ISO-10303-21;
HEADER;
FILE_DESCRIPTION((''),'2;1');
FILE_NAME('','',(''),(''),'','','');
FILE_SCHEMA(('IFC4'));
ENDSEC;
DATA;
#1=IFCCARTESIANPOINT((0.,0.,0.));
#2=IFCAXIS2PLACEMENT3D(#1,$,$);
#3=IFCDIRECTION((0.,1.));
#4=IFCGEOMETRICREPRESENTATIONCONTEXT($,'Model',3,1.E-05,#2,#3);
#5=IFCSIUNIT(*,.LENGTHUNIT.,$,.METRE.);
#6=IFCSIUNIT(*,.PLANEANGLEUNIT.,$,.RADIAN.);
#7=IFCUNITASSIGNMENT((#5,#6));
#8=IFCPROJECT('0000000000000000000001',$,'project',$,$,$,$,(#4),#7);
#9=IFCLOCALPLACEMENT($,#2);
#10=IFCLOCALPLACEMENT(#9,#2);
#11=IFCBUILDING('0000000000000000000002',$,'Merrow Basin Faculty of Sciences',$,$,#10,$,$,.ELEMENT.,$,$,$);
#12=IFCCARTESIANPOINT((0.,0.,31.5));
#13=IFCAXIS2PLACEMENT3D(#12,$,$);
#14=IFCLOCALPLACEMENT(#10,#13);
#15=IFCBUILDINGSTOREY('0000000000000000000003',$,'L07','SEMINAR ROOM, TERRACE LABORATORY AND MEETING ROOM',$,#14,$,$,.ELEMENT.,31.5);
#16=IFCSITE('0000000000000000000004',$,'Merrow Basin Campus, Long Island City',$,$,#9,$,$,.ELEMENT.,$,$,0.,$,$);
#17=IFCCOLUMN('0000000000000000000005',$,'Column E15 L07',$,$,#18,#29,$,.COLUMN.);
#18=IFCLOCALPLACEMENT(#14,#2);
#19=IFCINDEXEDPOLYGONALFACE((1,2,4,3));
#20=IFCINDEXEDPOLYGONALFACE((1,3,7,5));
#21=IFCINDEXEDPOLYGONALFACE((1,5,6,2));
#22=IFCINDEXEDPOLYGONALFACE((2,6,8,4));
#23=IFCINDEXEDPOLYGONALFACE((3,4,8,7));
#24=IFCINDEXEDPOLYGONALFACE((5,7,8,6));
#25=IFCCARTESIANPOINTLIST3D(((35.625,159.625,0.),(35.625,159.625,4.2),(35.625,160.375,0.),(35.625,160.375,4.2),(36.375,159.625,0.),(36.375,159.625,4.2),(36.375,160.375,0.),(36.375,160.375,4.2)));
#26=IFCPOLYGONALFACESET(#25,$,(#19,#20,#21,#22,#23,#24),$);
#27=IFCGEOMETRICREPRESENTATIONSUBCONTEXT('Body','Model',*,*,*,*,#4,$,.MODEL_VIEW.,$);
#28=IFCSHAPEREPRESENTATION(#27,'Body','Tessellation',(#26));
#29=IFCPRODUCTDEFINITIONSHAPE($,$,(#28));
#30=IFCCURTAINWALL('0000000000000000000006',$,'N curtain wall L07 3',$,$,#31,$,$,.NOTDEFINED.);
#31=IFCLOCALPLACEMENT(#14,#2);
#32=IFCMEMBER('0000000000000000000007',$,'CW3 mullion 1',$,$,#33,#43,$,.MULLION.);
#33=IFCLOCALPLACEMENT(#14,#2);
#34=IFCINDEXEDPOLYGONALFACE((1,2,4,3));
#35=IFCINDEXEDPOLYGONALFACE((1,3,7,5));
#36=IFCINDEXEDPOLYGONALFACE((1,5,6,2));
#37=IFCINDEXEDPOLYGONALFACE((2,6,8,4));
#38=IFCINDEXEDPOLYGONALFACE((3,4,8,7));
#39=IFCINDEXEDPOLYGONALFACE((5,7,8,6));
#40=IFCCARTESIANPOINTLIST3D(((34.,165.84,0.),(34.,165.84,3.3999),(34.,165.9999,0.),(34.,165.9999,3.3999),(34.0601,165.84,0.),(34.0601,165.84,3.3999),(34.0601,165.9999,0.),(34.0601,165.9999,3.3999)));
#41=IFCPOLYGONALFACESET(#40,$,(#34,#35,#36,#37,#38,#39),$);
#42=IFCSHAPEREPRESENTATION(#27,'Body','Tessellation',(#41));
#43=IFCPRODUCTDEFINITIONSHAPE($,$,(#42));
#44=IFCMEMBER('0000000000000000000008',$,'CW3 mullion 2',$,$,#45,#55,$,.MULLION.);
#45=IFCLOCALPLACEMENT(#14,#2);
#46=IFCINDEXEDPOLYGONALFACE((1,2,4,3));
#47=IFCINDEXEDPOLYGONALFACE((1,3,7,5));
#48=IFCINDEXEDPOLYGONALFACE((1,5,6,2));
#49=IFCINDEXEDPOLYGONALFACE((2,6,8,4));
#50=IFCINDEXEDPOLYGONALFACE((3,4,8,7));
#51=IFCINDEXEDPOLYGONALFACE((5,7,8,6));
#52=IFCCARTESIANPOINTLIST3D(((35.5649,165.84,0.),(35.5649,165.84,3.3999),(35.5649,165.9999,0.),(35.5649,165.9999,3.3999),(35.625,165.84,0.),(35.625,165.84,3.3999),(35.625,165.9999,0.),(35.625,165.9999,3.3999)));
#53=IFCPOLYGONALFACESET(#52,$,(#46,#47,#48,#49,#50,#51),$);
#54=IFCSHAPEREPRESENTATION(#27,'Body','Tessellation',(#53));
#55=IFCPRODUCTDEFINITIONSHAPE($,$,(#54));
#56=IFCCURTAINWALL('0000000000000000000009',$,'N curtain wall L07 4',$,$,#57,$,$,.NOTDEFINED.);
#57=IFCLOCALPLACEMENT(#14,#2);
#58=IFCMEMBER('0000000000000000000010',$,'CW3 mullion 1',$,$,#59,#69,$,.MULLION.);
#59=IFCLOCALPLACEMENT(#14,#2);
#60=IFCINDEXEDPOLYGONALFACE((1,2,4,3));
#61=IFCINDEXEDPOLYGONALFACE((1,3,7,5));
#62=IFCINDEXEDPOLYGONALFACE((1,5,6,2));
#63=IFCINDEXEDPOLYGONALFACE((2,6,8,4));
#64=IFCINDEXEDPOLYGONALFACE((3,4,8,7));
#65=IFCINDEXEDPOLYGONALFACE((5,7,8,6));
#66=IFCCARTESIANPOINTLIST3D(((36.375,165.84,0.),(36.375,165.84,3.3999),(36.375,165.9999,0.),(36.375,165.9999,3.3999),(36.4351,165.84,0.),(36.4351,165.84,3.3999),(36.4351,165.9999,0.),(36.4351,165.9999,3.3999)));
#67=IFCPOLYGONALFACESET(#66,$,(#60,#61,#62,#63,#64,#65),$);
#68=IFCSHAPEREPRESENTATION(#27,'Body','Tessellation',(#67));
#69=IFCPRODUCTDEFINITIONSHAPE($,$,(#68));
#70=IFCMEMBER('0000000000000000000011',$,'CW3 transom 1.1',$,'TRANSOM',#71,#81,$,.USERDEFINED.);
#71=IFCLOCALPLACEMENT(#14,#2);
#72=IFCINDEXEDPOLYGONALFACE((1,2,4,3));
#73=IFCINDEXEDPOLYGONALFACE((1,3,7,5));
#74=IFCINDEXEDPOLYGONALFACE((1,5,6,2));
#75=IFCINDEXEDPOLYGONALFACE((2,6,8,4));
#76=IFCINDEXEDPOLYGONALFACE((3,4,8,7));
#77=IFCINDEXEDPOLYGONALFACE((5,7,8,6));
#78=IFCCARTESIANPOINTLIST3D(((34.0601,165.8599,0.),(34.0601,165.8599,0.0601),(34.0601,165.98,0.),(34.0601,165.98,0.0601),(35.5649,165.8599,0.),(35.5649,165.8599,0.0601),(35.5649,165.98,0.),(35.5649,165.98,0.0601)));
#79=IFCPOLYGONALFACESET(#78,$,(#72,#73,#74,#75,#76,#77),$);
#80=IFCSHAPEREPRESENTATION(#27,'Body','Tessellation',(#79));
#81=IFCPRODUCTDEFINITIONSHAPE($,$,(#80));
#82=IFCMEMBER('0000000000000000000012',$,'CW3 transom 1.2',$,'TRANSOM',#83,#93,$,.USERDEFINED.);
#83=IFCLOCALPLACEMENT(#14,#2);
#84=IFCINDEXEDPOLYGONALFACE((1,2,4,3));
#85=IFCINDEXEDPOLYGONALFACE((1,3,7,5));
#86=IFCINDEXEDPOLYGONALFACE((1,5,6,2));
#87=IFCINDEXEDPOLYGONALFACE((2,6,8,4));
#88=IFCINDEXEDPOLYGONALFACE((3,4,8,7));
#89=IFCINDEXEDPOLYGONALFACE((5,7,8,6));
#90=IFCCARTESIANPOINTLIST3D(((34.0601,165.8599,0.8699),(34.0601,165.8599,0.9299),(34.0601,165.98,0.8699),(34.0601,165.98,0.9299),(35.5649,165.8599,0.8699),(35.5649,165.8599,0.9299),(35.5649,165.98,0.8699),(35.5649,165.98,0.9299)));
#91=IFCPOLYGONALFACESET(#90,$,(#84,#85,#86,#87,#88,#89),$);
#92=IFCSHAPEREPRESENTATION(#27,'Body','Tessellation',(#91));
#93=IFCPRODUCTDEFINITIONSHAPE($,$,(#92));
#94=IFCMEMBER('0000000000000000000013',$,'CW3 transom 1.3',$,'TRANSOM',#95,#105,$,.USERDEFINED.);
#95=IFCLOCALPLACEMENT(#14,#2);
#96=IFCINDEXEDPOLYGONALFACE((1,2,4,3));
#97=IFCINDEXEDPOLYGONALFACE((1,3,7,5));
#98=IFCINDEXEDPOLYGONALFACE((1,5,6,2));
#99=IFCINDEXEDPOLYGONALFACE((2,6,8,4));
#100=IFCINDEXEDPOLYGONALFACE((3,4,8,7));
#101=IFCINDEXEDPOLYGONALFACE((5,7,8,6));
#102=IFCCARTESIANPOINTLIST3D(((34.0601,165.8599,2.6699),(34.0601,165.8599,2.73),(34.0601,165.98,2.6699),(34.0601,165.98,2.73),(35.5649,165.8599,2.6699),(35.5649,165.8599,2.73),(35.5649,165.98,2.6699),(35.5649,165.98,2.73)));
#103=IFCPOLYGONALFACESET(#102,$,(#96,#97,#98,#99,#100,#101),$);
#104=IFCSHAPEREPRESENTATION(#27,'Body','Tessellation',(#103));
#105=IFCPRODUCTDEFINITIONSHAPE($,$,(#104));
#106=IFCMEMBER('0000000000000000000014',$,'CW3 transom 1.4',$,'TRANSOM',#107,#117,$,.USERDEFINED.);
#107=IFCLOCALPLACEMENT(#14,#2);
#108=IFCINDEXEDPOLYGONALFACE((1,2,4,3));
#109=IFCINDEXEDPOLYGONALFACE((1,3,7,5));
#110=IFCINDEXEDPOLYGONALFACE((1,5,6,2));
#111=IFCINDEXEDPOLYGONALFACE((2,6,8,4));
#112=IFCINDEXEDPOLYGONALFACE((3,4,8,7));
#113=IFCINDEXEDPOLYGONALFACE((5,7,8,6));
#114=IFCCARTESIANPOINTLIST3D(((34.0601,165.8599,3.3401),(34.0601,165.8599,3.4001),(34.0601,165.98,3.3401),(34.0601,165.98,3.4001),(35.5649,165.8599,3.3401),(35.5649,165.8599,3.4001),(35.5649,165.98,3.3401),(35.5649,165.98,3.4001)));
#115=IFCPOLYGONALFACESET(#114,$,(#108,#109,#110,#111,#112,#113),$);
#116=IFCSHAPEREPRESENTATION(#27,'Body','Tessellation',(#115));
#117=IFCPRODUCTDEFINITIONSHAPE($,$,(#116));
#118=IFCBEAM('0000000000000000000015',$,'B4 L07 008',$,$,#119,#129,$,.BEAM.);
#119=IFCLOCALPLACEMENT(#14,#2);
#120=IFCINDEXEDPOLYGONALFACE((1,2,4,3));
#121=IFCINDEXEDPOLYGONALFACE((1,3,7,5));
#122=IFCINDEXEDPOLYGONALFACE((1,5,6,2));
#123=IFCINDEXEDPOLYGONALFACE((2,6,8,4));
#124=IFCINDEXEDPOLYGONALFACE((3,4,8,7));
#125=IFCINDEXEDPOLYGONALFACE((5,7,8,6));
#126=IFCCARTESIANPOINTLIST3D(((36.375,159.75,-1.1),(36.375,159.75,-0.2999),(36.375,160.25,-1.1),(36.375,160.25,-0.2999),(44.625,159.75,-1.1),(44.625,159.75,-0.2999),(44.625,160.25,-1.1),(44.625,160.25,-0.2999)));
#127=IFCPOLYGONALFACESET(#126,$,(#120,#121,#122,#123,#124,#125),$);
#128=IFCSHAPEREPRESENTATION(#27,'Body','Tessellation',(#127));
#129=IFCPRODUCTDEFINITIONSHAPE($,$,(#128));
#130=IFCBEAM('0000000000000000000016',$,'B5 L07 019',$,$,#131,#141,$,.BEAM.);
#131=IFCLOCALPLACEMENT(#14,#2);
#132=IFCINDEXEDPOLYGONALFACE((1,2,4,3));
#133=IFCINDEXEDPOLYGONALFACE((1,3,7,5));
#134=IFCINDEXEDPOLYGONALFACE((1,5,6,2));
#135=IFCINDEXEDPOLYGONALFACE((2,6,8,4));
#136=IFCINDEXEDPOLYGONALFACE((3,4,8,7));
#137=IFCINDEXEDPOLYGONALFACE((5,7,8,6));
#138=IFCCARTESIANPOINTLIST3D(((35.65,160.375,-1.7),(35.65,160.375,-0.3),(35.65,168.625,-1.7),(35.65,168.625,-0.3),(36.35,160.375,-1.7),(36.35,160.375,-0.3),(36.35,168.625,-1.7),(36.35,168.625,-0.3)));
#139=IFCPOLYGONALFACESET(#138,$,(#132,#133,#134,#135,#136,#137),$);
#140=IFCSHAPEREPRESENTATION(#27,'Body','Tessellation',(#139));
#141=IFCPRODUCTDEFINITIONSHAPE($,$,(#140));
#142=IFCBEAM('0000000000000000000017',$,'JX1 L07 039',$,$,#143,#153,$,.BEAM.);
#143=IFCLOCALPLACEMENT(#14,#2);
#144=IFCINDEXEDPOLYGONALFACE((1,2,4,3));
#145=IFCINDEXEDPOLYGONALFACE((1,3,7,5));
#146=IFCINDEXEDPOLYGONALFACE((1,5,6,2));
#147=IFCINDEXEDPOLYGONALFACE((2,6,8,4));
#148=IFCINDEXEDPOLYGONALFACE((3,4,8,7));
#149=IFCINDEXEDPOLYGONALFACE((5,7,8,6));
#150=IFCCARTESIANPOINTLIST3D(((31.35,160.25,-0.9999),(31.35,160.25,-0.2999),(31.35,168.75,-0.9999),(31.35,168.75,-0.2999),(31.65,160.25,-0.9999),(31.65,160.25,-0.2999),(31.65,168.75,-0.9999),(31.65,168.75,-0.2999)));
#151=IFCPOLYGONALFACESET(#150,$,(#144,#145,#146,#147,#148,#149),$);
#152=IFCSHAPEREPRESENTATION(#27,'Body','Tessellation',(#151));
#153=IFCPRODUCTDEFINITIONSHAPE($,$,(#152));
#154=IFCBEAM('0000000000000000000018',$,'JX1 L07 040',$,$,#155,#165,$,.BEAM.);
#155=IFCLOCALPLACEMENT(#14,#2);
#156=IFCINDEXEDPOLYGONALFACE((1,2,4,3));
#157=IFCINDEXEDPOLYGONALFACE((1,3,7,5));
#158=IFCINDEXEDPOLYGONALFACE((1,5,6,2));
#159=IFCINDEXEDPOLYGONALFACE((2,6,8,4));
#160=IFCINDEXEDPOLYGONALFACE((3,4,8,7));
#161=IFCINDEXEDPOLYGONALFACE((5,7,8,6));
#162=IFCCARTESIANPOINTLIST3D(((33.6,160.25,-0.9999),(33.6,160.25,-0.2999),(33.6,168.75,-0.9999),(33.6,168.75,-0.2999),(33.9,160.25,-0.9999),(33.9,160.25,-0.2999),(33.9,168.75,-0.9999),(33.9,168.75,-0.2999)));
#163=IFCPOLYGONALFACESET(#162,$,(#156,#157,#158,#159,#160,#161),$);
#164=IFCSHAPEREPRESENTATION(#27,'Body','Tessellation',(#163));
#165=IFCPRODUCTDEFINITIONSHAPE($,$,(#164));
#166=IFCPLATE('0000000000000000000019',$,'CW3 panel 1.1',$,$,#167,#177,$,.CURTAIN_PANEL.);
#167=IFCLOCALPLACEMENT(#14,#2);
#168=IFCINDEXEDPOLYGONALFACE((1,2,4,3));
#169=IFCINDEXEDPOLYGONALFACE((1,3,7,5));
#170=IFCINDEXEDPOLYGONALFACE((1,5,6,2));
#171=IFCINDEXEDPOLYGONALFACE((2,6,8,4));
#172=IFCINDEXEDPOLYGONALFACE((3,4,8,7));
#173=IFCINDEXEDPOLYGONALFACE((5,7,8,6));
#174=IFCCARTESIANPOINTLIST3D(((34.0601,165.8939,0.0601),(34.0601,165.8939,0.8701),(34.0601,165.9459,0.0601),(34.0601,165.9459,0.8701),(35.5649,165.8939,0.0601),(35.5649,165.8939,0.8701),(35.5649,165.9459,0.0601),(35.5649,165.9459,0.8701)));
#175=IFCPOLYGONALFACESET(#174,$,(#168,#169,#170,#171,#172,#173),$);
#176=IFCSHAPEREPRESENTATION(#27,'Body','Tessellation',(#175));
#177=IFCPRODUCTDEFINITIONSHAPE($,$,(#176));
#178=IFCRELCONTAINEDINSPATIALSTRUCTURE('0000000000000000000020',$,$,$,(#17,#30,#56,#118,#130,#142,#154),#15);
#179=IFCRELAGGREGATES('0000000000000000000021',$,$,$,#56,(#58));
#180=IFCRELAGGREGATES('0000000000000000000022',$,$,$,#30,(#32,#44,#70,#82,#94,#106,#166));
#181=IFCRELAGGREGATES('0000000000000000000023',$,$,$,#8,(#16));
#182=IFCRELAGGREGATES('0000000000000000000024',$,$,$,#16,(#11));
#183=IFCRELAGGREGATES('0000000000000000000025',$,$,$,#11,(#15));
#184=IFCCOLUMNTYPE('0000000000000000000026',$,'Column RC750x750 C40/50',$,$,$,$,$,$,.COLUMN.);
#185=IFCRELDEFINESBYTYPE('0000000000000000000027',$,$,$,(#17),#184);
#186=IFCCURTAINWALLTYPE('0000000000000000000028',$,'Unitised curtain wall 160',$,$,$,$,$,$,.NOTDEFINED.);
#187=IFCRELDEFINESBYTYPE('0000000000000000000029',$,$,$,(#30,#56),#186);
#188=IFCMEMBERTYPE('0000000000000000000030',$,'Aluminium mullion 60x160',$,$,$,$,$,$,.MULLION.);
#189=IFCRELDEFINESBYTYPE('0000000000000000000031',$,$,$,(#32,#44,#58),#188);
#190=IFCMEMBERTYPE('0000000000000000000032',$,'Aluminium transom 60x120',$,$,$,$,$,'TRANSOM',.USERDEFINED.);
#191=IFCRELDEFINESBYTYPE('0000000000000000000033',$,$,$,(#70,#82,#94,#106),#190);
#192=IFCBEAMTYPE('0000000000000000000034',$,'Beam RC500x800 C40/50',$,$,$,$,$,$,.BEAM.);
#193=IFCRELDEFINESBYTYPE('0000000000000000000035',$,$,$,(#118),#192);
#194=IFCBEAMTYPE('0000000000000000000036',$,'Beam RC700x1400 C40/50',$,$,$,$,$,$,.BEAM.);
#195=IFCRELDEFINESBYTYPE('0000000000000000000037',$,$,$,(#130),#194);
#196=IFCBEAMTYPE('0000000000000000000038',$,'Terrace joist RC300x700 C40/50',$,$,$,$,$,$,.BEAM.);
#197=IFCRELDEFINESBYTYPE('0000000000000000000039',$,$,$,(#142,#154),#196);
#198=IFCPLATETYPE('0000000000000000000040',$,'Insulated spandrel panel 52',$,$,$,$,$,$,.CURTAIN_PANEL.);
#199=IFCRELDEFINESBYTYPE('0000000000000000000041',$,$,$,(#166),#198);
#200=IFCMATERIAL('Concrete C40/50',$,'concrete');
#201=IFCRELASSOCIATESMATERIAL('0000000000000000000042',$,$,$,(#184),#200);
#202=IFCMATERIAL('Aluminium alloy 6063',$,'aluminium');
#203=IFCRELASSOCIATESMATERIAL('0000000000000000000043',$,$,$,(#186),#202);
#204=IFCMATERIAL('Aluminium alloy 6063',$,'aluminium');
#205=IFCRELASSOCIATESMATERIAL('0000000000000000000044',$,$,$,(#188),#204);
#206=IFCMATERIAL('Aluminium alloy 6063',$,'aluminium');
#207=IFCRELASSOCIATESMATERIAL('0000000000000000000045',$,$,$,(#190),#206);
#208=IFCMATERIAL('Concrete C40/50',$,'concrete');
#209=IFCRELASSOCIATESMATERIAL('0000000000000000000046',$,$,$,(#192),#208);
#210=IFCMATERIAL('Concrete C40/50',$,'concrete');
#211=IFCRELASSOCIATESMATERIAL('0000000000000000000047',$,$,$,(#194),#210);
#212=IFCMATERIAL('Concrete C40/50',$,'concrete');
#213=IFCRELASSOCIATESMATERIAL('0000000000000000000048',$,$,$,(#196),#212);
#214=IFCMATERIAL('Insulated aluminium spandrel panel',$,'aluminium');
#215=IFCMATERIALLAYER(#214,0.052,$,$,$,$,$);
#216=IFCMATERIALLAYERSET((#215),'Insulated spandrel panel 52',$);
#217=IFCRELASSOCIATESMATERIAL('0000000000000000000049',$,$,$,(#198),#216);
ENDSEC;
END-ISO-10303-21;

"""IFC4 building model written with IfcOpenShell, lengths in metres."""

from ifc_helpers import new_model, si_unit, direction, frame, origin, origin_2d, place, context, subcontext, project, spatial, rectangle, extrude, material, layer, layer_set, material_profile, profile_set, type_object, element, aggregate, save


model = new_model("IFC4")

# Units and contexts
model_context = context("Model", 3, precision=1e-05, world=origin(), true_north=direction((0.0, 1.0)))
body_context = subcontext(model_context, "Body", "Model", "MODEL_VIEW")
ifc_project = project(units=[si_unit("LENGTHUNIT", "METRE"), si_unit("PLANEANGLEUNIT", "RADIAN")], contexts=[model_context])

# Site, building, storey
site_placement = place(None, origin())
site = spatial("IfcSite", under=ifc_project, at=site_placement, Name="Merrow Basin Campus, Long Island City", CompositionType="ELEMENT", RefElevation=0.0)
building_placement = place(site_placement, origin())
building = spatial("IfcBuilding", under=site, at=building_placement, Name="Merrow Basin Faculty of Sciences", CompositionType="ELEMENT")
storey_placement = place(building_placement, frame((0.0, 0.0, 31.5)))
storey = spatial("IfcBuildingStorey", under=building, at=storey_placement, Name="L07", Description="SEMINAR ROOM, TERRACE LABORATORY AND MEETING ROOM", CompositionType="ELEMENT", Elevation=31.5)

# Column
ifc_material_1 = material(Name="Concrete C40/50", Category="concrete")
ifc_material_profile_1 = material_profile(ifc_material_1, rectangle(XDim=0.75, YDim=0.75, at=origin_2d()))
ifc_profile_set_1 = profile_set([ifc_material_profile_1], Name="Concrete C40/50")
column_type = type_object("IfcColumnType", Name="Column RC750x750 C40/50", PredefinedType="COLUMN", material=ifc_profile_set_1)
column_placement = place(storey_placement, frame((36.0, 160.0, 0.0), z_axis=(0.0, 0.0, 1.0), x_axis=(1.0, 0.0, 0.0)))
element("IfcColumn", 1, at=column_placement, inside=storey, type_object=column_type, Name="Column E15 L07", PredefinedType="COLUMN", context=body_context, shape_type="SweptSolid", body=[
    extrude(rectangle(XDim=0.75, YDim=0.75, at=origin_2d()), origin(), (0.0, 0.0, 1.0), 4.2),
])

# Curtain wall, members
ifc_material_2 = material(Name="Aluminium alloy 6063", Category="aluminium")
curtain_wall_type = type_object("IfcCurtainWallType", Name="Unitised curtain wall 160", PredefinedType="NOTDEFINED", material=ifc_material_2)
curtain_wall_1_placement = place(storey_placement, origin())
curtain_wall_1 = element("IfcCurtainWall", 2, at=curtain_wall_1_placement, inside=storey, type_object=curtain_wall_type, Name="N curtain wall L07 3", PredefinedType="NOTDEFINED")
ifc_material_3 = material(Name="Aluminium alloy 6063", Category="aluminium")
ifc_material_profile_2 = material_profile(ifc_material_3, rectangle(XDim=0.1599, YDim=0.0601, at=origin_2d()))
ifc_profile_set_2 = profile_set([ifc_material_profile_2], Name="Aluminium alloy 6063")
member_type_1 = type_object("IfcMemberType", Name="Aluminium mullion 60x160", PredefinedType="MULLION", material=ifc_profile_set_2)
member_1_placement = place(storey_placement, frame((34.03, 165.9199, 0.0), z_axis=(0.0, 0.0, 1.0), x_axis=(0.0, 1.0, 0.0)))
member_1 = element("IfcMember", 3, at=member_1_placement, type_object=member_type_1, Name="CW3 mullion 1", PredefinedType="MULLION", context=body_context, shape_type="SweptSolid", body=[
    extrude(rectangle(XDim=0.1599, YDim=0.0601, at=origin_2d()), origin(), (0.0, 0.0, 1.0), 3.3999),
])
member_2_placement = place(storey_placement, frame((35.595, 165.9199, 0.0), z_axis=(0.0, 0.0, 1.0), x_axis=(0.0, 1.0, 0.0)))
member_2 = element("IfcMember", 4, at=member_2_placement, type_object=member_type_1, Name="CW3 mullion 2", PredefinedType="MULLION", context=body_context, shape_type="SweptSolid", body=[
    extrude(rectangle(XDim=0.1599, YDim=0.0601, at=origin_2d()), origin(), (0.0, 0.0, 1.0), 3.3999),
])

# Curtain wall, member
curtain_wall_2_placement = place(storey_placement, origin())
curtain_wall_2 = element("IfcCurtainWall", 5, at=curtain_wall_2_placement, inside=storey, type_object=curtain_wall_type, Name="N curtain wall L07 4", PredefinedType="NOTDEFINED")
member_3_placement = place(storey_placement, frame((36.405, 165.9199, 0.0), z_axis=(0.0, 0.0, 1.0), x_axis=(0.0, 1.0, 0.0)))
member_3 = element("IfcMember", 6, at=member_3_placement, type_object=member_type_1, Name="CW3 mullion 1", PredefinedType="MULLION", context=body_context, shape_type="SweptSolid", body=[
    extrude(rectangle(XDim=0.1599, YDim=0.0601, at=origin_2d()), origin(), (0.0, 0.0, 1.0), 3.3999),
])
aggregate(curtain_wall_2, [member_3])

# Members
ifc_material_4 = material(Name="Aluminium alloy 6063", Category="aluminium")
ifc_material_profile_3 = material_profile(ifc_material_4, rectangle(XDim=0.1201, YDim=0.0601, at=origin_2d()))
ifc_profile_set_3 = profile_set([ifc_material_profile_3], Name="Aluminium alloy 6063")
member_type_2 = type_object("IfcMemberType", Name="Aluminium transom 60x120", ElementType="TRANSOM", PredefinedType="USERDEFINED", material=ifc_profile_set_3)
member_4_placement = place(storey_placement, frame((34.0601, 165.9199, 0.03), z_axis=(1.0, 0.0, 0.0), x_axis=(0.0, 1.0, 0.0)))
member_4 = element("IfcMember", 7, at=member_4_placement, type_object=member_type_2, Name="CW3 transom 1.1", ObjectType="TRANSOM", PredefinedType="USERDEFINED", context=body_context, shape_type="SweptSolid", body=[
    extrude(rectangle(XDim=0.1201, YDim=0.0601, at=origin_2d()), origin(), (0.0, 0.0, 1.0), 1.5049),
])
member_5_placement = place(storey_placement, frame((34.0601, 165.9199, 0.8999), z_axis=(1.0, 0.0, 0.0), x_axis=(0.0, 1.0, 0.0)))
member_5 = element("IfcMember", 8, at=member_5_placement, type_object=member_type_2, Name="CW3 transom 1.2", ObjectType="TRANSOM", PredefinedType="USERDEFINED", context=body_context, shape_type="SweptSolid", body=[
    extrude(rectangle(XDim=0.1201, YDim=0.0601, at=origin_2d()), origin(), (0.0, 0.0, 1.0), 1.5049),
])
member_6_placement = place(storey_placement, frame((34.0601, 165.9199, 2.7), z_axis=(1.0, 0.0, 0.0), x_axis=(0.0, 1.0, 0.0)))
member_6 = element("IfcMember", 9, at=member_6_placement, type_object=member_type_2, Name="CW3 transom 1.3", ObjectType="TRANSOM", PredefinedType="USERDEFINED", context=body_context, shape_type="SweptSolid", body=[
    extrude(rectangle(XDim=0.1201, YDim=0.0601, at=origin_2d()), origin(), (0.0, 0.0, 1.0), 1.5049),
])
member_7_placement = place(storey_placement, frame((34.0601, 165.9199, 3.3701), z_axis=(1.0, 0.0, 0.0), x_axis=(0.0, 1.0, 0.0)))
member_7 = element("IfcMember", 10, at=member_7_placement, type_object=member_type_2, Name="CW3 transom 1.4", ObjectType="TRANSOM", PredefinedType="USERDEFINED", context=body_context, shape_type="SweptSolid", body=[
    extrude(rectangle(XDim=0.1201, YDim=0.0601, at=origin_2d()), origin(), (0.0, 0.0, 1.0), 1.5049),
])

# Beams
ifc_material_5 = material(Name="Concrete C40/50", Category="concrete")
ifc_material_profile_4 = material_profile(ifc_material_5, rectangle(XDim=0.5, YDim=0.8, at=origin_2d()))
ifc_profile_set_4 = profile_set([ifc_material_profile_4], Name="Concrete C40/50")
beam_type_1 = type_object("IfcBeamType", Name="Beam RC500x800 C40/50", PredefinedType="BEAM", material=ifc_profile_set_4)
beam_1_placement = place(storey_placement, frame((36.375, 160.0, -0.7), z_axis=(1.0, 0.0, 0.0), x_axis=(0.0, 1.0, 0.0)))
element("IfcBeam", 11, at=beam_1_placement, inside=storey, type_object=beam_type_1, Name="B4 L07 008", PredefinedType="BEAM", context=body_context, shape_type="SweptSolid", body=[
    extrude(rectangle(XDim=0.5, YDim=0.8, at=origin_2d()), origin(), (0.0, 0.0, 1.0), 8.25),
])
ifc_material_6 = material(Name="Concrete C40/50", Category="concrete")
ifc_material_profile_5 = material_profile(ifc_material_6, rectangle(XDim=0.7, YDim=1.3999, at=origin_2d()))
ifc_profile_set_5 = profile_set([ifc_material_profile_5], Name="Concrete C40/50")
beam_type_2 = type_object("IfcBeamType", Name="Beam RC700x1400 C40/50", PredefinedType="BEAM", material=ifc_profile_set_5)
beam_2_placement = place(storey_placement, frame((36.0, 160.375, -1.0), z_axis=(0.0, 1.0, 0.0), x_axis=(-1.0, 0.0, 0.0)))
element("IfcBeam", 12, at=beam_2_placement, inside=storey, type_object=beam_type_2, Name="B5 L07 019", PredefinedType="BEAM", context=body_context, shape_type="SweptSolid", body=[
    extrude(rectangle(XDim=0.7, YDim=1.3999, at=origin_2d()), origin(), (0.0, 0.0, 1.0), 8.25),
])
ifc_material_7 = material(Name="Concrete C40/50", Category="concrete")
ifc_material_profile_6 = material_profile(ifc_material_7, rectangle(XDim=0.3, YDim=0.7, at=origin_2d()))
ifc_profile_set_6 = profile_set([ifc_material_profile_6], Name="Concrete C40/50")
beam_type_3 = type_object("IfcBeamType", Name="Terrace joist RC300x700 C40/50", PredefinedType="BEAM", material=ifc_profile_set_6)
for number, where, z_axis, x_axis, name in (
    (13, (31.5, 160.25, -0.6499), (0.0, 1.0, 0.0), (-1.0, 0.0, 0.0), "JX1 L07 039"),
    (14, (33.75, 160.25, -0.6499), (0.0, 1.0, 0.0), (-1.0, 0.0, 0.0), "JX1 L07 040"),
):
    element("IfcBeam", number, at=place(storey_placement, frame(where, z_axis=z_axis, x_axis=x_axis)), inside=storey, type_object=beam_type_3, Name=name, PredefinedType="BEAM", context=body_context, shape_type="SweptSolid", body=[
        extrude(rectangle(XDim=0.3, YDim=0.7, at=origin_2d()), origin(), (0.0, 0.0, 1.0), 8.5),
    ])

# Plate
ifc_material_8 = material(Name="Insulated aluminium spandrel panel", Category="aluminium")
ifc_layer_1 = layer(ifc_material_8, 0.052)
ifc_layer_set_1 = layer_set([ifc_layer_1], Name="Insulated spandrel panel 52")
plate_type_1 = type_object("IfcPlateType", Name="Insulated spandrel panel 52", PredefinedType="CURTAIN_PANEL", material=ifc_layer_set_1)
plate_1_placement = place(storey_placement, frame((34.8125, 165.9199, 0.0601), z_axis=(0.0, 0.0, 1.0), x_axis=(1.0, 0.0, 0.0)))
plate_1 = element("IfcPlate", 15, at=plate_1_placement, type_object=plate_type_1, Name="CW3 panel 1.1", PredefinedType="CURTAIN_PANEL", context=body_context, shape_type="SweptSolid", body=[
    extrude(rectangle(XDim=1.5049, YDim=0.052, at=origin_2d()), origin(), (0.0, 0.0, 1.0), 0.8101),
])
aggregate(curtain_wall_1, [member_1, member_2, member_4, member_5, member_6, member_7, plate_1])

save(model, "model.ifc")
